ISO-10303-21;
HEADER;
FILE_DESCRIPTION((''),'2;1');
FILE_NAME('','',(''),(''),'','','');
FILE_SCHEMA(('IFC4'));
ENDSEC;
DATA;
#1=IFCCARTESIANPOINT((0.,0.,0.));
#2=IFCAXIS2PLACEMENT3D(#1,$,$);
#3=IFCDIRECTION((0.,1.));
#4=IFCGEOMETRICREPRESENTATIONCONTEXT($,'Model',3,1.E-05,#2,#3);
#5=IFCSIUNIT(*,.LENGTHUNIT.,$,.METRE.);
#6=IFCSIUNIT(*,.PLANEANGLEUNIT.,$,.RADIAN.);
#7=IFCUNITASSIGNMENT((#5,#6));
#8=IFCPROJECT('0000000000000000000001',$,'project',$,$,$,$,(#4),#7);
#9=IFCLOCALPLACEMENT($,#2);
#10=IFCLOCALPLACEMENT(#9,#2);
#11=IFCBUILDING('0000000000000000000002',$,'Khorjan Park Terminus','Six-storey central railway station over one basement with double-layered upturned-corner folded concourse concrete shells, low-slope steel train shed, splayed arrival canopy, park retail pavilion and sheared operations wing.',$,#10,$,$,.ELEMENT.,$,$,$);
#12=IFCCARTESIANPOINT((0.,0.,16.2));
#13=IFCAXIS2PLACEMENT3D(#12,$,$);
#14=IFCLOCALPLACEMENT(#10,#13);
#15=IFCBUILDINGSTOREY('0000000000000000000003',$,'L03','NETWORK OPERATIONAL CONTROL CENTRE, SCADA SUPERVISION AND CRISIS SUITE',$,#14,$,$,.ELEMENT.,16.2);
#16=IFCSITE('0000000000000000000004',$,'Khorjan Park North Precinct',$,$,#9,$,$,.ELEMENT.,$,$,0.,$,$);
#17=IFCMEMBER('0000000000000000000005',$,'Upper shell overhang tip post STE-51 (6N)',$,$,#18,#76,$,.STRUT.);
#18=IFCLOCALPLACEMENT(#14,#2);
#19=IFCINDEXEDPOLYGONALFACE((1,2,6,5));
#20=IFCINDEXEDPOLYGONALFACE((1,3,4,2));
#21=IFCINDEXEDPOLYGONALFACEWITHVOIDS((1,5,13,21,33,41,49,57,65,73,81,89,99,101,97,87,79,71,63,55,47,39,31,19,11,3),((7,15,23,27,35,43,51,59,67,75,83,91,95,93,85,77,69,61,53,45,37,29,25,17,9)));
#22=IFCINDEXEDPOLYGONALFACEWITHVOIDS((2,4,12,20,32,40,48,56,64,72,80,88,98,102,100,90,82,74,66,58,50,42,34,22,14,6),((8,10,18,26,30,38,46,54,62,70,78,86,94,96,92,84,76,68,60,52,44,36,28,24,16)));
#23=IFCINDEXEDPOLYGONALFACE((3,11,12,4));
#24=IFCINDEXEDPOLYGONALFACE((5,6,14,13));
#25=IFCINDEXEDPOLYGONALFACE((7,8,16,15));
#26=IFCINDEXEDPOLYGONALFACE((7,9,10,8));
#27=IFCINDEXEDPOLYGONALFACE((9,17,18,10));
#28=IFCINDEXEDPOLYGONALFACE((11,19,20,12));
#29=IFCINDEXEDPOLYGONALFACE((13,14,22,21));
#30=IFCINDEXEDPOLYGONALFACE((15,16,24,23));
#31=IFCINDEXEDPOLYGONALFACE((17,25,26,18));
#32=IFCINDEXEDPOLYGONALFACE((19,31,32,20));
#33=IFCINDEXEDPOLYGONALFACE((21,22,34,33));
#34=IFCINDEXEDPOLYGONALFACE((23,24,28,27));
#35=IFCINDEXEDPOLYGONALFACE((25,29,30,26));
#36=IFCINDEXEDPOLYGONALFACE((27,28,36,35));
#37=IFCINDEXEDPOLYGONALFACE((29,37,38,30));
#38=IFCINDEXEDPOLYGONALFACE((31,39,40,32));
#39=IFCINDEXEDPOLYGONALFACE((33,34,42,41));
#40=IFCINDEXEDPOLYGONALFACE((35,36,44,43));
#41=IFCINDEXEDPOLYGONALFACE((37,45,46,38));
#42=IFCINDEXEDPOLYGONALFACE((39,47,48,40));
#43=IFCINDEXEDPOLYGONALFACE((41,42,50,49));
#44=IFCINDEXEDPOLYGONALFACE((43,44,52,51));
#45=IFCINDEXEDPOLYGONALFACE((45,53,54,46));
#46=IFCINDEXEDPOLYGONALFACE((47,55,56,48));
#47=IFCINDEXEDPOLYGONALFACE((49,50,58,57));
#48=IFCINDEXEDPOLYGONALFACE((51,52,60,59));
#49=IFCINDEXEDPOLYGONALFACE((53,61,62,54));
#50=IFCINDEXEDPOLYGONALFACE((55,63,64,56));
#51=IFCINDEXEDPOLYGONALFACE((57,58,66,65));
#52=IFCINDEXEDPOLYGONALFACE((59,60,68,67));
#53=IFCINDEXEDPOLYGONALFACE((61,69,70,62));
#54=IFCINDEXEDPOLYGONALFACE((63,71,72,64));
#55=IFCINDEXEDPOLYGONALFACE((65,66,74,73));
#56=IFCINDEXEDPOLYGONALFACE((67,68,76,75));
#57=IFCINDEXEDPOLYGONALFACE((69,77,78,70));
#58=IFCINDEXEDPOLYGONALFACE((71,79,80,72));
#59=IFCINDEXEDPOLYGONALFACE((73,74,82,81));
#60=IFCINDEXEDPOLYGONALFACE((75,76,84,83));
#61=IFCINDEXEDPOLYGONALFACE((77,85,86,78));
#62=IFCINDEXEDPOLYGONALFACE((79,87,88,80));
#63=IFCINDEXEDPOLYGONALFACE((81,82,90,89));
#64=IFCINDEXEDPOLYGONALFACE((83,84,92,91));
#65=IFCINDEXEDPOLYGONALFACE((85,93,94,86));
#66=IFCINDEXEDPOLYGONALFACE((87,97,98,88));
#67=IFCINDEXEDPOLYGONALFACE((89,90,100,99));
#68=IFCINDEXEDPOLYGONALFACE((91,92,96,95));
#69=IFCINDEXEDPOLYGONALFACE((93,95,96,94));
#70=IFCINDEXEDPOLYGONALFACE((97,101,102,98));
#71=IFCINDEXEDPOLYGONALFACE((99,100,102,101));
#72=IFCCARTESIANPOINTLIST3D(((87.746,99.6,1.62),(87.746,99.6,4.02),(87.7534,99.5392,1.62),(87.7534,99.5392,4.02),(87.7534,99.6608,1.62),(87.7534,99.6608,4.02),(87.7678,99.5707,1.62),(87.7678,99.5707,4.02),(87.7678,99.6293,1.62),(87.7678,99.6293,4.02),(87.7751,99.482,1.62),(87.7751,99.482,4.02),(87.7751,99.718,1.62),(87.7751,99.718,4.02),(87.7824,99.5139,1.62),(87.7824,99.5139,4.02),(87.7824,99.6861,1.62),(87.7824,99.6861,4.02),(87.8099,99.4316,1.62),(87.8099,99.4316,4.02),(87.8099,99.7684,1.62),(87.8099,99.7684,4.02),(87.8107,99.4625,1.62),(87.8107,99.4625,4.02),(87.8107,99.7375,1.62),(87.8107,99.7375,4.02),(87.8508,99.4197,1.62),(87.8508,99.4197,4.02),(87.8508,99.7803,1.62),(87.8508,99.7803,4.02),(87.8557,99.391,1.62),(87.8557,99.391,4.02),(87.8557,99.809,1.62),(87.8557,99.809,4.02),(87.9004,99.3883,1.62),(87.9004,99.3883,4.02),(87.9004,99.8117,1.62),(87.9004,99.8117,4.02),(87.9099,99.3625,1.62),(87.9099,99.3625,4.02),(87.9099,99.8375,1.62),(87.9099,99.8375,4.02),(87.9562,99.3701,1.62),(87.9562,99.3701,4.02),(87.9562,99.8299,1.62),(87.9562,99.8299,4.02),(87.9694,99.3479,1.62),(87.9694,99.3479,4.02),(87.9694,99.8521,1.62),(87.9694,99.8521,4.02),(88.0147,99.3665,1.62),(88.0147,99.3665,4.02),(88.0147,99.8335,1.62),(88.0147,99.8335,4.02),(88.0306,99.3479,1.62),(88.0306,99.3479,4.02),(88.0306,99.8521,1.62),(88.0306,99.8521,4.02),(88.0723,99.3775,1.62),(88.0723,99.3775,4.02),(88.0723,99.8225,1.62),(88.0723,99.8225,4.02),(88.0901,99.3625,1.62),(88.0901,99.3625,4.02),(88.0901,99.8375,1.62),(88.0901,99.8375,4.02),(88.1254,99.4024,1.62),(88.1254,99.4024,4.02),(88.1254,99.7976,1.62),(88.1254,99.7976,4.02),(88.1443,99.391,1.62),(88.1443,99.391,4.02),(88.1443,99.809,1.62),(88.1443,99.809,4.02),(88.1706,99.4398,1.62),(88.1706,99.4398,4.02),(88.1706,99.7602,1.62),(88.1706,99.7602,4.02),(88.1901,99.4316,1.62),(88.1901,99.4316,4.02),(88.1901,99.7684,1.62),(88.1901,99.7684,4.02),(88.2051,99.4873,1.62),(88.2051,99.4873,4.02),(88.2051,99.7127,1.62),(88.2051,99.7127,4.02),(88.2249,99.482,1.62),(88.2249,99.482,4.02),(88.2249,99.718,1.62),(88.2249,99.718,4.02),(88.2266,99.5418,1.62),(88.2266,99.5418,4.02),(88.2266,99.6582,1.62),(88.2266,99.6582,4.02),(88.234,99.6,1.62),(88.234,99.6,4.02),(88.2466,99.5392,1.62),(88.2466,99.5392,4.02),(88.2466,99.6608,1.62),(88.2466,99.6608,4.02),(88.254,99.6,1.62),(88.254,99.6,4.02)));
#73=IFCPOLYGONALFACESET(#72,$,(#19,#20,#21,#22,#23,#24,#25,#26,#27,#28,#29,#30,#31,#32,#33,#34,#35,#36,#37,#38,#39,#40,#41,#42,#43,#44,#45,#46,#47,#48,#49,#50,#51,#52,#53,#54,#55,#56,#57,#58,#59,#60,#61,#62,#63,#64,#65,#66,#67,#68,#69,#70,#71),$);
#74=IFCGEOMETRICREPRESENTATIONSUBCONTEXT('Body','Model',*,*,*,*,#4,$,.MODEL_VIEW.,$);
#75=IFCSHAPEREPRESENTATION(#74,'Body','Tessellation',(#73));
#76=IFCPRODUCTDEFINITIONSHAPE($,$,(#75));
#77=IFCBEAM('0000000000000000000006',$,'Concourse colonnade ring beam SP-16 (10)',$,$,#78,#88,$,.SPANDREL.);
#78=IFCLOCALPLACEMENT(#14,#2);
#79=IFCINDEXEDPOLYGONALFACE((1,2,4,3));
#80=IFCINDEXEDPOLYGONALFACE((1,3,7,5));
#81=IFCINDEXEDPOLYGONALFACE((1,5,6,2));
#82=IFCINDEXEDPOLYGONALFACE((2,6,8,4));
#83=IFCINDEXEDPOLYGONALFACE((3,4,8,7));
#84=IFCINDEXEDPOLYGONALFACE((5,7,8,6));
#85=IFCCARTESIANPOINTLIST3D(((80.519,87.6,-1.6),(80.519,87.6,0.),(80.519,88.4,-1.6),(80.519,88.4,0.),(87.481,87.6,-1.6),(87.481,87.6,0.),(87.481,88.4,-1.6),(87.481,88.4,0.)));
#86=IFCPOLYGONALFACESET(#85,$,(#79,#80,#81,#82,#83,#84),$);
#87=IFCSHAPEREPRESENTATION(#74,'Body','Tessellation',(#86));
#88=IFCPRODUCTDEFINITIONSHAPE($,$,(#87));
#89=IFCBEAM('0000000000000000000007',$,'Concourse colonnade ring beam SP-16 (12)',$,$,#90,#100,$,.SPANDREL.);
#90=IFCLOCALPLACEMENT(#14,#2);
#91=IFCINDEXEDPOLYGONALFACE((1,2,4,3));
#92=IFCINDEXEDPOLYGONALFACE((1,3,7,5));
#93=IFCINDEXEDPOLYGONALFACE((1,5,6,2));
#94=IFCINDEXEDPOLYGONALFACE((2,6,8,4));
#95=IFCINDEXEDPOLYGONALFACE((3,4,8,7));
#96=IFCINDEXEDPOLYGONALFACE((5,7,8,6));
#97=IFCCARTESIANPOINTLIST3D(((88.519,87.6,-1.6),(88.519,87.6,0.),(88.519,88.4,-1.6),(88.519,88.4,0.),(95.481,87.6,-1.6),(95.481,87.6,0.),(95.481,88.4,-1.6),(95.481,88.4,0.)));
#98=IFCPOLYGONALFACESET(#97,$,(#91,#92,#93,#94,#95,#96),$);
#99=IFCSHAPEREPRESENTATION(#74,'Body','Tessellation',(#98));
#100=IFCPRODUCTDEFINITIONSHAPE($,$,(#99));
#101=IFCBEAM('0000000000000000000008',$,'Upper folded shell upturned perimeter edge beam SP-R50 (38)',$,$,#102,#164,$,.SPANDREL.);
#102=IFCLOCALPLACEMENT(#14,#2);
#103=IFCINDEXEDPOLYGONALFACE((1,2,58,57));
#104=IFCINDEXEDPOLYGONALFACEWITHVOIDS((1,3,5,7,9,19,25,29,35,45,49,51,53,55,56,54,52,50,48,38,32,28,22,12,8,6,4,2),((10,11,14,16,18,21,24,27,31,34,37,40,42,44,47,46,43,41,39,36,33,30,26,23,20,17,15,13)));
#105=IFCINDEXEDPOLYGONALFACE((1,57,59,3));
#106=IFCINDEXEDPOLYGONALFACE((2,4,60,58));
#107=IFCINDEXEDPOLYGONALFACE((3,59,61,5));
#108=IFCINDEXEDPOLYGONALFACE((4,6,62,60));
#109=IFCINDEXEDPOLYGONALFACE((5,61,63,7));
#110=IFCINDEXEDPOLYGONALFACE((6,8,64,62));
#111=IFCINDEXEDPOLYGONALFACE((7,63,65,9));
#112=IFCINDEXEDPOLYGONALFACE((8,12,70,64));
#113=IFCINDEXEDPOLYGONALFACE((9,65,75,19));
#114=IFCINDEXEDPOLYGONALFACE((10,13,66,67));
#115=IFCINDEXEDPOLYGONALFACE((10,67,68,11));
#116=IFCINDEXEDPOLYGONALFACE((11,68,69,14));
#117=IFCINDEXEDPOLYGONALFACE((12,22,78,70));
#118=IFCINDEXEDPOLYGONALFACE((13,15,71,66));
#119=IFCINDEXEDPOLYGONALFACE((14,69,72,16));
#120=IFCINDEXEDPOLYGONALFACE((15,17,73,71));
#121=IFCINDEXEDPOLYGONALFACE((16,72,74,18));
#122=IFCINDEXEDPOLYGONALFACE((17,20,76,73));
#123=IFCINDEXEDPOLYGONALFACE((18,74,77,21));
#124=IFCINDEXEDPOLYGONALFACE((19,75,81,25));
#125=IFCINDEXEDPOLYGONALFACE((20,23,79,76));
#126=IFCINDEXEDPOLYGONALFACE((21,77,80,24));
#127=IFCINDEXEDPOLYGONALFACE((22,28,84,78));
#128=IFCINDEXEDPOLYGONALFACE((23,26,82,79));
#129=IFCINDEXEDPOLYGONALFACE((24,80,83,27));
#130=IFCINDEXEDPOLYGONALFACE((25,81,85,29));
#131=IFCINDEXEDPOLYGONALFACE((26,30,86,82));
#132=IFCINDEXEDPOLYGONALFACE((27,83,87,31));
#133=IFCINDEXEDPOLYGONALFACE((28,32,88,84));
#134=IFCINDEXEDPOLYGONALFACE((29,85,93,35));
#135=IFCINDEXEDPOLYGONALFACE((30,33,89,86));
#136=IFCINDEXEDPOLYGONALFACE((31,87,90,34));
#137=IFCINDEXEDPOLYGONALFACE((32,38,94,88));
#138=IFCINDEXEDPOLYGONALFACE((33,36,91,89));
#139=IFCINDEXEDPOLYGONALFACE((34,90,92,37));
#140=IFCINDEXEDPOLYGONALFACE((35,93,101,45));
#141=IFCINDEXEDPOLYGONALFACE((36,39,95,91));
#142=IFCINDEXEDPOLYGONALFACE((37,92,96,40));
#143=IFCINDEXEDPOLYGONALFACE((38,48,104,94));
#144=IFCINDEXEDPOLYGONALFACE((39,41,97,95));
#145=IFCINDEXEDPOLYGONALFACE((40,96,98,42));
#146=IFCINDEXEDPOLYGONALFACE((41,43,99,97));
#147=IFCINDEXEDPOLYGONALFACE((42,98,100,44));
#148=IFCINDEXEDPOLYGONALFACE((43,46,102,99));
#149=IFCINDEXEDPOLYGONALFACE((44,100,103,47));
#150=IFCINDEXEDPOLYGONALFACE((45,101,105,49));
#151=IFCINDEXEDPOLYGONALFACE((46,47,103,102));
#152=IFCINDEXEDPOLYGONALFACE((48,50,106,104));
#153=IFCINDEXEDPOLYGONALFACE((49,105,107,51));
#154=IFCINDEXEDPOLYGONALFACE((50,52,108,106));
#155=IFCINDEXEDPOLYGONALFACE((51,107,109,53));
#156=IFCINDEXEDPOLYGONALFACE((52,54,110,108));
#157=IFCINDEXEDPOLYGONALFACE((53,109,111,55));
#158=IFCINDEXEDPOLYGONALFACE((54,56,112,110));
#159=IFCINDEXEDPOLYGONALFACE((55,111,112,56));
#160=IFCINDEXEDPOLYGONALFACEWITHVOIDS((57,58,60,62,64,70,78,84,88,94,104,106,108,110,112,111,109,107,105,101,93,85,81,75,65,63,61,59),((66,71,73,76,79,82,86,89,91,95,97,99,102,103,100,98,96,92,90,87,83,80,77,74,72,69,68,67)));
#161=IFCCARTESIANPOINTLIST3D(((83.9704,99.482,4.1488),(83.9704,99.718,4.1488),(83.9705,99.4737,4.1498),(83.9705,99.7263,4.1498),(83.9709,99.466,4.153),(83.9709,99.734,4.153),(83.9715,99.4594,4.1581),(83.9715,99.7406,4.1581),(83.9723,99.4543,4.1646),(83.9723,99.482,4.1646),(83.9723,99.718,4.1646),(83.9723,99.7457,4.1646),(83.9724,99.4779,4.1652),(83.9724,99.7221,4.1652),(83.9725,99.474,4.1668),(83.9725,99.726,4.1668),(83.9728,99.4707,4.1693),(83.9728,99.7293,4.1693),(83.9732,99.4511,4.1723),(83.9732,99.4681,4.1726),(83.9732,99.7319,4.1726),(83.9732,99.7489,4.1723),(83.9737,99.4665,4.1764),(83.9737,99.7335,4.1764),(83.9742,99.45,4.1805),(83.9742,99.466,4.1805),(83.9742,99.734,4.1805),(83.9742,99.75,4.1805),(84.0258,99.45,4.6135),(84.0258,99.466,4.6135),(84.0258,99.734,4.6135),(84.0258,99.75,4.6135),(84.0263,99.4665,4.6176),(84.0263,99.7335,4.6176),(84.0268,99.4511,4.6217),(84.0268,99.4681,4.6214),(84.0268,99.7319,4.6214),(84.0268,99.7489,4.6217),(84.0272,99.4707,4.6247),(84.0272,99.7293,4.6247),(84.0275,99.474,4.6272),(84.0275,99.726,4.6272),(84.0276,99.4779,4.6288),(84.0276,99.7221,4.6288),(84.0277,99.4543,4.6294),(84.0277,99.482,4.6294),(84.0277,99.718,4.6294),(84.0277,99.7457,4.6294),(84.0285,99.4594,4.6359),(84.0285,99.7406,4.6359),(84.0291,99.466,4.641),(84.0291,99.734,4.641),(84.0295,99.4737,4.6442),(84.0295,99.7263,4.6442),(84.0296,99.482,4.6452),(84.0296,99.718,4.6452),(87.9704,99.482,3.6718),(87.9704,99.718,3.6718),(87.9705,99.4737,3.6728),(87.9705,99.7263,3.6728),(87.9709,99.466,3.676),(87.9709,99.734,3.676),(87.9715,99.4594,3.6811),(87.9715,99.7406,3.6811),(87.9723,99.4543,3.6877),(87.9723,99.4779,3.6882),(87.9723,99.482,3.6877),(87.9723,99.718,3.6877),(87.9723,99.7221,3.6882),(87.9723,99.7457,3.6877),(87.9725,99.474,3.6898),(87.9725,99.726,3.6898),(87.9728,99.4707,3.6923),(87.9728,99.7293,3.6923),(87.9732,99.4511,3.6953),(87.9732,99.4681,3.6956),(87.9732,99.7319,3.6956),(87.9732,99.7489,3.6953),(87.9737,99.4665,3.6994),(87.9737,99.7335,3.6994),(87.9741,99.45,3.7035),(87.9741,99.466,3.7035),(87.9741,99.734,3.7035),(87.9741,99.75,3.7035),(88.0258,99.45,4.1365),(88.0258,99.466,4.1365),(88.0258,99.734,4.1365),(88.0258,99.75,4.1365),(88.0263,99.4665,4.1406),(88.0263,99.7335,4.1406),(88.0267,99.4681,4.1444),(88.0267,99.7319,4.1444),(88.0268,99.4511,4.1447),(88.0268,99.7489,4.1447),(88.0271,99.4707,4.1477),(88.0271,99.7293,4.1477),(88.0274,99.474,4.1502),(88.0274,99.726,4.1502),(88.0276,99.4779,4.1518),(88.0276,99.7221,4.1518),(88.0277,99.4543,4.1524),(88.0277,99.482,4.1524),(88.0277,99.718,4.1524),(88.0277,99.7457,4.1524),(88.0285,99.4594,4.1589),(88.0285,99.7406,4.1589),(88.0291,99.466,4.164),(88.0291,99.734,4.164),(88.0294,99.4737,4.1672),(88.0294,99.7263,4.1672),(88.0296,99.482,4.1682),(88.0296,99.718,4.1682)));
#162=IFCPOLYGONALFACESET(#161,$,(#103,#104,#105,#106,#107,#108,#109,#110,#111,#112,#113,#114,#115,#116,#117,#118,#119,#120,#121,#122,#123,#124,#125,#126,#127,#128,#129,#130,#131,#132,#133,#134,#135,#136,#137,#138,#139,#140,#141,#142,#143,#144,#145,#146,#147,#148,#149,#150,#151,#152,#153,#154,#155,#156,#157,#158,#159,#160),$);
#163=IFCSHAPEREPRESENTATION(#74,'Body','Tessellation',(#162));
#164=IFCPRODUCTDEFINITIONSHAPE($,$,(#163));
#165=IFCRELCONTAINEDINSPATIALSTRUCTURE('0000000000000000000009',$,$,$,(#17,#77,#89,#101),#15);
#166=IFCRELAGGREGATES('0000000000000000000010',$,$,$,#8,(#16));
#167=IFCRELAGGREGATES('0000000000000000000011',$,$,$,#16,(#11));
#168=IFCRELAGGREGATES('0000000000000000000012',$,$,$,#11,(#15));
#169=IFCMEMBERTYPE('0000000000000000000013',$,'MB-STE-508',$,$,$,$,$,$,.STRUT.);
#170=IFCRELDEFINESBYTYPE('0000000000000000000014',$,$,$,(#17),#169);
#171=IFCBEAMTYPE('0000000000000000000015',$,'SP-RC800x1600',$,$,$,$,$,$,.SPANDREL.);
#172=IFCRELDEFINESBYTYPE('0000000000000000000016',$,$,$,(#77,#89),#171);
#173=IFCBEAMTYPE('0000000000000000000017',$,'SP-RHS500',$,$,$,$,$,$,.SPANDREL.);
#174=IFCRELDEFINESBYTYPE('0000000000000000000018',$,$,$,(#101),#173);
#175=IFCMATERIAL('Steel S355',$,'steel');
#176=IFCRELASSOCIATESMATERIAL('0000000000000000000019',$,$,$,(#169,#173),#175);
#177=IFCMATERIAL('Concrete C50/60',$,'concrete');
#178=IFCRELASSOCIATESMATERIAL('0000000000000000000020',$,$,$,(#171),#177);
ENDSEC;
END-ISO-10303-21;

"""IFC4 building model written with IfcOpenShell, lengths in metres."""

from ifc_helpers import new_model, si_unit, direction, frame, origin, origin_2d, place, context, subcontext, project, spatial, rectangle, hollow_rectangle, hollow_circle, extrude, material, material_profile, profile_set, type_object, element, save


model = new_model("IFC4")

# Units and contexts
model_context = context("Model", 3, precision=1e-05, world=origin(), true_north=direction((0.0, 1.0)))
body_context = subcontext(model_context, "Body", "Model", "MODEL_VIEW")
ifc_project = project(units=[si_unit("LENGTHUNIT", "METRE"), si_unit("PLANEANGLEUNIT", "RADIAN")], contexts=[model_context])

# Site, building, storey
site_placement = place(None, origin())
site = spatial("IfcSite", under=ifc_project, at=site_placement, Name="Khorjan Park North Precinct", CompositionType="ELEMENT", RefElevation=0.0)
building_placement = place(site_placement, origin())
building = spatial("IfcBuilding", under=site, at=building_placement, Name="Khorjan Park Terminus", Description="Six-storey central railway station over one basement with double-layered upturned-corner folded concourse concrete shells, low-slope steel train shed, splayed arrival canopy, park retail pavilion and sheared operations wing.", CompositionType="ELEMENT")
storey_placement = place(building_placement, frame((0.0, 0.0, 16.2)))
storey = spatial("IfcBuildingStorey", under=building, at=storey_placement, Name="L03", Description="NETWORK OPERATIONAL CONTROL CENTRE, SCADA SUPERVISION AND CRISIS SUITE", CompositionType="ELEMENT", Elevation=16.2)

# Shared definitions
ifc_material_1 = material(Name="Concrete C50/60", Category="concrete")

# Member
ifc_material_2 = material(Name="Steel S355", Category="steel")
ifc_material_profile_1 = material_profile(ifc_material_2, hollow_circle(Radius=0.254, WallThickness=0.02, at=origin_2d()), Name="CHS 508x20")
ifc_profile_set_1 = profile_set([ifc_material_profile_1], Name="Steel S355")
member_type_1 = type_object("IfcMemberType", Name="MB-STE-508", PredefinedType="STRUT", material=ifc_profile_set_1)
for number, where, z_axis, x_axis, name in (
    (1, (88.0, 99.6, 1.62), (0.0, 0.0, 1.0), (1.0, 0.0, 0.0), "Upper shell overhang tip post STE-51 (6N)"),
):
    element("IfcMember", number, at=place(storey_placement, frame(where, z_axis=z_axis, x_axis=x_axis)), inside=storey, type_object=member_type_1, Name=name, PredefinedType="STRUT", context=body_context, shape_type="SweptSolid", body=[
        extrude(hollow_circle(Radius=0.254, WallThickness=0.02, at=origin_2d()), origin(), (0.0, 0.0, 1.0), 2.4),
    ])

# Beams
ifc_material_profile_2 = material_profile(ifc_material_1, rectangle(XDim=0.8, YDim=1.6, at=origin_2d()), Name="RC 800x1600")
ifc_profile_set_2 = profile_set([ifc_material_profile_2], Name="Concrete C50/60")
beam_type_1 = type_object("IfcBeamType", Name="SP-RC800x1600", PredefinedType="SPANDREL", material=ifc_profile_set_2)
for number, where, z_axis, x_axis, name in (
    (2, (80.519, 88.0, -0.8), (1.0, 0.0, 0.0), (0.0, 1.0, 0.0), "Concourse colonnade ring beam SP-16 (10)"),
    (3, (88.519, 88.0, -0.8), (1.0, 0.0, 0.0), (0.0, 1.0, 0.0), "Concourse colonnade ring beam SP-16 (12)"),
):
    element("IfcBeam", number, at=place(storey_placement, frame(where, z_axis=z_axis, x_axis=x_axis)), inside=storey, type_object=beam_type_1, Name=name, PredefinedType="SPANDREL", context=body_context, shape_type="SweptSolid", body=[
        extrude(rectangle(XDim=0.8, YDim=1.6, at=origin_2d()), origin(), (0.0, 0.0, 1.0), 6.962),
    ])
ifc_material_profile_3 = material_profile(ifc_material_2, hollow_rectangle(XDim=0.3, YDim=0.5, WallThickness=0.016, InnerFilletRadius=0.016, OuterFilletRadius=0.032, at=origin_2d()), Name="RHS 500x300x16")
ifc_profile_set_3 = profile_set([ifc_material_profile_3], Name="Steel S355")
beam_type_2 = type_object("IfcBeamType", Name="SP-RHS500", PredefinedType="SPANDREL", material=ifc_profile_set_3)
for number, where, z_axis, x_axis, name in (
    (4, (84.0, 99.6, 4.397), (0.992965, 0.0, -0.118411), (0.0, 1.0, 0.0), "Upper folded shell upturned perimeter edge beam SP-R50 (38)"),
):
    element("IfcBeam", number, at=place(storey_placement, frame(where, z_axis=z_axis, x_axis=x_axis)), inside=storey, type_object=beam_type_2, Name=name, PredefinedType="SPANDREL", context=body_context, shape_type="SweptSolid", body=[
        extrude(hollow_rectangle(XDim=0.3, YDim=0.5, WallThickness=0.016, InnerFilletRadius=0.016, OuterFilletRadius=0.032, at=origin_2d()), origin(), (0.0, 0.0, 1.0), 4.0283),
    ])

save(model, "model.ifc")
